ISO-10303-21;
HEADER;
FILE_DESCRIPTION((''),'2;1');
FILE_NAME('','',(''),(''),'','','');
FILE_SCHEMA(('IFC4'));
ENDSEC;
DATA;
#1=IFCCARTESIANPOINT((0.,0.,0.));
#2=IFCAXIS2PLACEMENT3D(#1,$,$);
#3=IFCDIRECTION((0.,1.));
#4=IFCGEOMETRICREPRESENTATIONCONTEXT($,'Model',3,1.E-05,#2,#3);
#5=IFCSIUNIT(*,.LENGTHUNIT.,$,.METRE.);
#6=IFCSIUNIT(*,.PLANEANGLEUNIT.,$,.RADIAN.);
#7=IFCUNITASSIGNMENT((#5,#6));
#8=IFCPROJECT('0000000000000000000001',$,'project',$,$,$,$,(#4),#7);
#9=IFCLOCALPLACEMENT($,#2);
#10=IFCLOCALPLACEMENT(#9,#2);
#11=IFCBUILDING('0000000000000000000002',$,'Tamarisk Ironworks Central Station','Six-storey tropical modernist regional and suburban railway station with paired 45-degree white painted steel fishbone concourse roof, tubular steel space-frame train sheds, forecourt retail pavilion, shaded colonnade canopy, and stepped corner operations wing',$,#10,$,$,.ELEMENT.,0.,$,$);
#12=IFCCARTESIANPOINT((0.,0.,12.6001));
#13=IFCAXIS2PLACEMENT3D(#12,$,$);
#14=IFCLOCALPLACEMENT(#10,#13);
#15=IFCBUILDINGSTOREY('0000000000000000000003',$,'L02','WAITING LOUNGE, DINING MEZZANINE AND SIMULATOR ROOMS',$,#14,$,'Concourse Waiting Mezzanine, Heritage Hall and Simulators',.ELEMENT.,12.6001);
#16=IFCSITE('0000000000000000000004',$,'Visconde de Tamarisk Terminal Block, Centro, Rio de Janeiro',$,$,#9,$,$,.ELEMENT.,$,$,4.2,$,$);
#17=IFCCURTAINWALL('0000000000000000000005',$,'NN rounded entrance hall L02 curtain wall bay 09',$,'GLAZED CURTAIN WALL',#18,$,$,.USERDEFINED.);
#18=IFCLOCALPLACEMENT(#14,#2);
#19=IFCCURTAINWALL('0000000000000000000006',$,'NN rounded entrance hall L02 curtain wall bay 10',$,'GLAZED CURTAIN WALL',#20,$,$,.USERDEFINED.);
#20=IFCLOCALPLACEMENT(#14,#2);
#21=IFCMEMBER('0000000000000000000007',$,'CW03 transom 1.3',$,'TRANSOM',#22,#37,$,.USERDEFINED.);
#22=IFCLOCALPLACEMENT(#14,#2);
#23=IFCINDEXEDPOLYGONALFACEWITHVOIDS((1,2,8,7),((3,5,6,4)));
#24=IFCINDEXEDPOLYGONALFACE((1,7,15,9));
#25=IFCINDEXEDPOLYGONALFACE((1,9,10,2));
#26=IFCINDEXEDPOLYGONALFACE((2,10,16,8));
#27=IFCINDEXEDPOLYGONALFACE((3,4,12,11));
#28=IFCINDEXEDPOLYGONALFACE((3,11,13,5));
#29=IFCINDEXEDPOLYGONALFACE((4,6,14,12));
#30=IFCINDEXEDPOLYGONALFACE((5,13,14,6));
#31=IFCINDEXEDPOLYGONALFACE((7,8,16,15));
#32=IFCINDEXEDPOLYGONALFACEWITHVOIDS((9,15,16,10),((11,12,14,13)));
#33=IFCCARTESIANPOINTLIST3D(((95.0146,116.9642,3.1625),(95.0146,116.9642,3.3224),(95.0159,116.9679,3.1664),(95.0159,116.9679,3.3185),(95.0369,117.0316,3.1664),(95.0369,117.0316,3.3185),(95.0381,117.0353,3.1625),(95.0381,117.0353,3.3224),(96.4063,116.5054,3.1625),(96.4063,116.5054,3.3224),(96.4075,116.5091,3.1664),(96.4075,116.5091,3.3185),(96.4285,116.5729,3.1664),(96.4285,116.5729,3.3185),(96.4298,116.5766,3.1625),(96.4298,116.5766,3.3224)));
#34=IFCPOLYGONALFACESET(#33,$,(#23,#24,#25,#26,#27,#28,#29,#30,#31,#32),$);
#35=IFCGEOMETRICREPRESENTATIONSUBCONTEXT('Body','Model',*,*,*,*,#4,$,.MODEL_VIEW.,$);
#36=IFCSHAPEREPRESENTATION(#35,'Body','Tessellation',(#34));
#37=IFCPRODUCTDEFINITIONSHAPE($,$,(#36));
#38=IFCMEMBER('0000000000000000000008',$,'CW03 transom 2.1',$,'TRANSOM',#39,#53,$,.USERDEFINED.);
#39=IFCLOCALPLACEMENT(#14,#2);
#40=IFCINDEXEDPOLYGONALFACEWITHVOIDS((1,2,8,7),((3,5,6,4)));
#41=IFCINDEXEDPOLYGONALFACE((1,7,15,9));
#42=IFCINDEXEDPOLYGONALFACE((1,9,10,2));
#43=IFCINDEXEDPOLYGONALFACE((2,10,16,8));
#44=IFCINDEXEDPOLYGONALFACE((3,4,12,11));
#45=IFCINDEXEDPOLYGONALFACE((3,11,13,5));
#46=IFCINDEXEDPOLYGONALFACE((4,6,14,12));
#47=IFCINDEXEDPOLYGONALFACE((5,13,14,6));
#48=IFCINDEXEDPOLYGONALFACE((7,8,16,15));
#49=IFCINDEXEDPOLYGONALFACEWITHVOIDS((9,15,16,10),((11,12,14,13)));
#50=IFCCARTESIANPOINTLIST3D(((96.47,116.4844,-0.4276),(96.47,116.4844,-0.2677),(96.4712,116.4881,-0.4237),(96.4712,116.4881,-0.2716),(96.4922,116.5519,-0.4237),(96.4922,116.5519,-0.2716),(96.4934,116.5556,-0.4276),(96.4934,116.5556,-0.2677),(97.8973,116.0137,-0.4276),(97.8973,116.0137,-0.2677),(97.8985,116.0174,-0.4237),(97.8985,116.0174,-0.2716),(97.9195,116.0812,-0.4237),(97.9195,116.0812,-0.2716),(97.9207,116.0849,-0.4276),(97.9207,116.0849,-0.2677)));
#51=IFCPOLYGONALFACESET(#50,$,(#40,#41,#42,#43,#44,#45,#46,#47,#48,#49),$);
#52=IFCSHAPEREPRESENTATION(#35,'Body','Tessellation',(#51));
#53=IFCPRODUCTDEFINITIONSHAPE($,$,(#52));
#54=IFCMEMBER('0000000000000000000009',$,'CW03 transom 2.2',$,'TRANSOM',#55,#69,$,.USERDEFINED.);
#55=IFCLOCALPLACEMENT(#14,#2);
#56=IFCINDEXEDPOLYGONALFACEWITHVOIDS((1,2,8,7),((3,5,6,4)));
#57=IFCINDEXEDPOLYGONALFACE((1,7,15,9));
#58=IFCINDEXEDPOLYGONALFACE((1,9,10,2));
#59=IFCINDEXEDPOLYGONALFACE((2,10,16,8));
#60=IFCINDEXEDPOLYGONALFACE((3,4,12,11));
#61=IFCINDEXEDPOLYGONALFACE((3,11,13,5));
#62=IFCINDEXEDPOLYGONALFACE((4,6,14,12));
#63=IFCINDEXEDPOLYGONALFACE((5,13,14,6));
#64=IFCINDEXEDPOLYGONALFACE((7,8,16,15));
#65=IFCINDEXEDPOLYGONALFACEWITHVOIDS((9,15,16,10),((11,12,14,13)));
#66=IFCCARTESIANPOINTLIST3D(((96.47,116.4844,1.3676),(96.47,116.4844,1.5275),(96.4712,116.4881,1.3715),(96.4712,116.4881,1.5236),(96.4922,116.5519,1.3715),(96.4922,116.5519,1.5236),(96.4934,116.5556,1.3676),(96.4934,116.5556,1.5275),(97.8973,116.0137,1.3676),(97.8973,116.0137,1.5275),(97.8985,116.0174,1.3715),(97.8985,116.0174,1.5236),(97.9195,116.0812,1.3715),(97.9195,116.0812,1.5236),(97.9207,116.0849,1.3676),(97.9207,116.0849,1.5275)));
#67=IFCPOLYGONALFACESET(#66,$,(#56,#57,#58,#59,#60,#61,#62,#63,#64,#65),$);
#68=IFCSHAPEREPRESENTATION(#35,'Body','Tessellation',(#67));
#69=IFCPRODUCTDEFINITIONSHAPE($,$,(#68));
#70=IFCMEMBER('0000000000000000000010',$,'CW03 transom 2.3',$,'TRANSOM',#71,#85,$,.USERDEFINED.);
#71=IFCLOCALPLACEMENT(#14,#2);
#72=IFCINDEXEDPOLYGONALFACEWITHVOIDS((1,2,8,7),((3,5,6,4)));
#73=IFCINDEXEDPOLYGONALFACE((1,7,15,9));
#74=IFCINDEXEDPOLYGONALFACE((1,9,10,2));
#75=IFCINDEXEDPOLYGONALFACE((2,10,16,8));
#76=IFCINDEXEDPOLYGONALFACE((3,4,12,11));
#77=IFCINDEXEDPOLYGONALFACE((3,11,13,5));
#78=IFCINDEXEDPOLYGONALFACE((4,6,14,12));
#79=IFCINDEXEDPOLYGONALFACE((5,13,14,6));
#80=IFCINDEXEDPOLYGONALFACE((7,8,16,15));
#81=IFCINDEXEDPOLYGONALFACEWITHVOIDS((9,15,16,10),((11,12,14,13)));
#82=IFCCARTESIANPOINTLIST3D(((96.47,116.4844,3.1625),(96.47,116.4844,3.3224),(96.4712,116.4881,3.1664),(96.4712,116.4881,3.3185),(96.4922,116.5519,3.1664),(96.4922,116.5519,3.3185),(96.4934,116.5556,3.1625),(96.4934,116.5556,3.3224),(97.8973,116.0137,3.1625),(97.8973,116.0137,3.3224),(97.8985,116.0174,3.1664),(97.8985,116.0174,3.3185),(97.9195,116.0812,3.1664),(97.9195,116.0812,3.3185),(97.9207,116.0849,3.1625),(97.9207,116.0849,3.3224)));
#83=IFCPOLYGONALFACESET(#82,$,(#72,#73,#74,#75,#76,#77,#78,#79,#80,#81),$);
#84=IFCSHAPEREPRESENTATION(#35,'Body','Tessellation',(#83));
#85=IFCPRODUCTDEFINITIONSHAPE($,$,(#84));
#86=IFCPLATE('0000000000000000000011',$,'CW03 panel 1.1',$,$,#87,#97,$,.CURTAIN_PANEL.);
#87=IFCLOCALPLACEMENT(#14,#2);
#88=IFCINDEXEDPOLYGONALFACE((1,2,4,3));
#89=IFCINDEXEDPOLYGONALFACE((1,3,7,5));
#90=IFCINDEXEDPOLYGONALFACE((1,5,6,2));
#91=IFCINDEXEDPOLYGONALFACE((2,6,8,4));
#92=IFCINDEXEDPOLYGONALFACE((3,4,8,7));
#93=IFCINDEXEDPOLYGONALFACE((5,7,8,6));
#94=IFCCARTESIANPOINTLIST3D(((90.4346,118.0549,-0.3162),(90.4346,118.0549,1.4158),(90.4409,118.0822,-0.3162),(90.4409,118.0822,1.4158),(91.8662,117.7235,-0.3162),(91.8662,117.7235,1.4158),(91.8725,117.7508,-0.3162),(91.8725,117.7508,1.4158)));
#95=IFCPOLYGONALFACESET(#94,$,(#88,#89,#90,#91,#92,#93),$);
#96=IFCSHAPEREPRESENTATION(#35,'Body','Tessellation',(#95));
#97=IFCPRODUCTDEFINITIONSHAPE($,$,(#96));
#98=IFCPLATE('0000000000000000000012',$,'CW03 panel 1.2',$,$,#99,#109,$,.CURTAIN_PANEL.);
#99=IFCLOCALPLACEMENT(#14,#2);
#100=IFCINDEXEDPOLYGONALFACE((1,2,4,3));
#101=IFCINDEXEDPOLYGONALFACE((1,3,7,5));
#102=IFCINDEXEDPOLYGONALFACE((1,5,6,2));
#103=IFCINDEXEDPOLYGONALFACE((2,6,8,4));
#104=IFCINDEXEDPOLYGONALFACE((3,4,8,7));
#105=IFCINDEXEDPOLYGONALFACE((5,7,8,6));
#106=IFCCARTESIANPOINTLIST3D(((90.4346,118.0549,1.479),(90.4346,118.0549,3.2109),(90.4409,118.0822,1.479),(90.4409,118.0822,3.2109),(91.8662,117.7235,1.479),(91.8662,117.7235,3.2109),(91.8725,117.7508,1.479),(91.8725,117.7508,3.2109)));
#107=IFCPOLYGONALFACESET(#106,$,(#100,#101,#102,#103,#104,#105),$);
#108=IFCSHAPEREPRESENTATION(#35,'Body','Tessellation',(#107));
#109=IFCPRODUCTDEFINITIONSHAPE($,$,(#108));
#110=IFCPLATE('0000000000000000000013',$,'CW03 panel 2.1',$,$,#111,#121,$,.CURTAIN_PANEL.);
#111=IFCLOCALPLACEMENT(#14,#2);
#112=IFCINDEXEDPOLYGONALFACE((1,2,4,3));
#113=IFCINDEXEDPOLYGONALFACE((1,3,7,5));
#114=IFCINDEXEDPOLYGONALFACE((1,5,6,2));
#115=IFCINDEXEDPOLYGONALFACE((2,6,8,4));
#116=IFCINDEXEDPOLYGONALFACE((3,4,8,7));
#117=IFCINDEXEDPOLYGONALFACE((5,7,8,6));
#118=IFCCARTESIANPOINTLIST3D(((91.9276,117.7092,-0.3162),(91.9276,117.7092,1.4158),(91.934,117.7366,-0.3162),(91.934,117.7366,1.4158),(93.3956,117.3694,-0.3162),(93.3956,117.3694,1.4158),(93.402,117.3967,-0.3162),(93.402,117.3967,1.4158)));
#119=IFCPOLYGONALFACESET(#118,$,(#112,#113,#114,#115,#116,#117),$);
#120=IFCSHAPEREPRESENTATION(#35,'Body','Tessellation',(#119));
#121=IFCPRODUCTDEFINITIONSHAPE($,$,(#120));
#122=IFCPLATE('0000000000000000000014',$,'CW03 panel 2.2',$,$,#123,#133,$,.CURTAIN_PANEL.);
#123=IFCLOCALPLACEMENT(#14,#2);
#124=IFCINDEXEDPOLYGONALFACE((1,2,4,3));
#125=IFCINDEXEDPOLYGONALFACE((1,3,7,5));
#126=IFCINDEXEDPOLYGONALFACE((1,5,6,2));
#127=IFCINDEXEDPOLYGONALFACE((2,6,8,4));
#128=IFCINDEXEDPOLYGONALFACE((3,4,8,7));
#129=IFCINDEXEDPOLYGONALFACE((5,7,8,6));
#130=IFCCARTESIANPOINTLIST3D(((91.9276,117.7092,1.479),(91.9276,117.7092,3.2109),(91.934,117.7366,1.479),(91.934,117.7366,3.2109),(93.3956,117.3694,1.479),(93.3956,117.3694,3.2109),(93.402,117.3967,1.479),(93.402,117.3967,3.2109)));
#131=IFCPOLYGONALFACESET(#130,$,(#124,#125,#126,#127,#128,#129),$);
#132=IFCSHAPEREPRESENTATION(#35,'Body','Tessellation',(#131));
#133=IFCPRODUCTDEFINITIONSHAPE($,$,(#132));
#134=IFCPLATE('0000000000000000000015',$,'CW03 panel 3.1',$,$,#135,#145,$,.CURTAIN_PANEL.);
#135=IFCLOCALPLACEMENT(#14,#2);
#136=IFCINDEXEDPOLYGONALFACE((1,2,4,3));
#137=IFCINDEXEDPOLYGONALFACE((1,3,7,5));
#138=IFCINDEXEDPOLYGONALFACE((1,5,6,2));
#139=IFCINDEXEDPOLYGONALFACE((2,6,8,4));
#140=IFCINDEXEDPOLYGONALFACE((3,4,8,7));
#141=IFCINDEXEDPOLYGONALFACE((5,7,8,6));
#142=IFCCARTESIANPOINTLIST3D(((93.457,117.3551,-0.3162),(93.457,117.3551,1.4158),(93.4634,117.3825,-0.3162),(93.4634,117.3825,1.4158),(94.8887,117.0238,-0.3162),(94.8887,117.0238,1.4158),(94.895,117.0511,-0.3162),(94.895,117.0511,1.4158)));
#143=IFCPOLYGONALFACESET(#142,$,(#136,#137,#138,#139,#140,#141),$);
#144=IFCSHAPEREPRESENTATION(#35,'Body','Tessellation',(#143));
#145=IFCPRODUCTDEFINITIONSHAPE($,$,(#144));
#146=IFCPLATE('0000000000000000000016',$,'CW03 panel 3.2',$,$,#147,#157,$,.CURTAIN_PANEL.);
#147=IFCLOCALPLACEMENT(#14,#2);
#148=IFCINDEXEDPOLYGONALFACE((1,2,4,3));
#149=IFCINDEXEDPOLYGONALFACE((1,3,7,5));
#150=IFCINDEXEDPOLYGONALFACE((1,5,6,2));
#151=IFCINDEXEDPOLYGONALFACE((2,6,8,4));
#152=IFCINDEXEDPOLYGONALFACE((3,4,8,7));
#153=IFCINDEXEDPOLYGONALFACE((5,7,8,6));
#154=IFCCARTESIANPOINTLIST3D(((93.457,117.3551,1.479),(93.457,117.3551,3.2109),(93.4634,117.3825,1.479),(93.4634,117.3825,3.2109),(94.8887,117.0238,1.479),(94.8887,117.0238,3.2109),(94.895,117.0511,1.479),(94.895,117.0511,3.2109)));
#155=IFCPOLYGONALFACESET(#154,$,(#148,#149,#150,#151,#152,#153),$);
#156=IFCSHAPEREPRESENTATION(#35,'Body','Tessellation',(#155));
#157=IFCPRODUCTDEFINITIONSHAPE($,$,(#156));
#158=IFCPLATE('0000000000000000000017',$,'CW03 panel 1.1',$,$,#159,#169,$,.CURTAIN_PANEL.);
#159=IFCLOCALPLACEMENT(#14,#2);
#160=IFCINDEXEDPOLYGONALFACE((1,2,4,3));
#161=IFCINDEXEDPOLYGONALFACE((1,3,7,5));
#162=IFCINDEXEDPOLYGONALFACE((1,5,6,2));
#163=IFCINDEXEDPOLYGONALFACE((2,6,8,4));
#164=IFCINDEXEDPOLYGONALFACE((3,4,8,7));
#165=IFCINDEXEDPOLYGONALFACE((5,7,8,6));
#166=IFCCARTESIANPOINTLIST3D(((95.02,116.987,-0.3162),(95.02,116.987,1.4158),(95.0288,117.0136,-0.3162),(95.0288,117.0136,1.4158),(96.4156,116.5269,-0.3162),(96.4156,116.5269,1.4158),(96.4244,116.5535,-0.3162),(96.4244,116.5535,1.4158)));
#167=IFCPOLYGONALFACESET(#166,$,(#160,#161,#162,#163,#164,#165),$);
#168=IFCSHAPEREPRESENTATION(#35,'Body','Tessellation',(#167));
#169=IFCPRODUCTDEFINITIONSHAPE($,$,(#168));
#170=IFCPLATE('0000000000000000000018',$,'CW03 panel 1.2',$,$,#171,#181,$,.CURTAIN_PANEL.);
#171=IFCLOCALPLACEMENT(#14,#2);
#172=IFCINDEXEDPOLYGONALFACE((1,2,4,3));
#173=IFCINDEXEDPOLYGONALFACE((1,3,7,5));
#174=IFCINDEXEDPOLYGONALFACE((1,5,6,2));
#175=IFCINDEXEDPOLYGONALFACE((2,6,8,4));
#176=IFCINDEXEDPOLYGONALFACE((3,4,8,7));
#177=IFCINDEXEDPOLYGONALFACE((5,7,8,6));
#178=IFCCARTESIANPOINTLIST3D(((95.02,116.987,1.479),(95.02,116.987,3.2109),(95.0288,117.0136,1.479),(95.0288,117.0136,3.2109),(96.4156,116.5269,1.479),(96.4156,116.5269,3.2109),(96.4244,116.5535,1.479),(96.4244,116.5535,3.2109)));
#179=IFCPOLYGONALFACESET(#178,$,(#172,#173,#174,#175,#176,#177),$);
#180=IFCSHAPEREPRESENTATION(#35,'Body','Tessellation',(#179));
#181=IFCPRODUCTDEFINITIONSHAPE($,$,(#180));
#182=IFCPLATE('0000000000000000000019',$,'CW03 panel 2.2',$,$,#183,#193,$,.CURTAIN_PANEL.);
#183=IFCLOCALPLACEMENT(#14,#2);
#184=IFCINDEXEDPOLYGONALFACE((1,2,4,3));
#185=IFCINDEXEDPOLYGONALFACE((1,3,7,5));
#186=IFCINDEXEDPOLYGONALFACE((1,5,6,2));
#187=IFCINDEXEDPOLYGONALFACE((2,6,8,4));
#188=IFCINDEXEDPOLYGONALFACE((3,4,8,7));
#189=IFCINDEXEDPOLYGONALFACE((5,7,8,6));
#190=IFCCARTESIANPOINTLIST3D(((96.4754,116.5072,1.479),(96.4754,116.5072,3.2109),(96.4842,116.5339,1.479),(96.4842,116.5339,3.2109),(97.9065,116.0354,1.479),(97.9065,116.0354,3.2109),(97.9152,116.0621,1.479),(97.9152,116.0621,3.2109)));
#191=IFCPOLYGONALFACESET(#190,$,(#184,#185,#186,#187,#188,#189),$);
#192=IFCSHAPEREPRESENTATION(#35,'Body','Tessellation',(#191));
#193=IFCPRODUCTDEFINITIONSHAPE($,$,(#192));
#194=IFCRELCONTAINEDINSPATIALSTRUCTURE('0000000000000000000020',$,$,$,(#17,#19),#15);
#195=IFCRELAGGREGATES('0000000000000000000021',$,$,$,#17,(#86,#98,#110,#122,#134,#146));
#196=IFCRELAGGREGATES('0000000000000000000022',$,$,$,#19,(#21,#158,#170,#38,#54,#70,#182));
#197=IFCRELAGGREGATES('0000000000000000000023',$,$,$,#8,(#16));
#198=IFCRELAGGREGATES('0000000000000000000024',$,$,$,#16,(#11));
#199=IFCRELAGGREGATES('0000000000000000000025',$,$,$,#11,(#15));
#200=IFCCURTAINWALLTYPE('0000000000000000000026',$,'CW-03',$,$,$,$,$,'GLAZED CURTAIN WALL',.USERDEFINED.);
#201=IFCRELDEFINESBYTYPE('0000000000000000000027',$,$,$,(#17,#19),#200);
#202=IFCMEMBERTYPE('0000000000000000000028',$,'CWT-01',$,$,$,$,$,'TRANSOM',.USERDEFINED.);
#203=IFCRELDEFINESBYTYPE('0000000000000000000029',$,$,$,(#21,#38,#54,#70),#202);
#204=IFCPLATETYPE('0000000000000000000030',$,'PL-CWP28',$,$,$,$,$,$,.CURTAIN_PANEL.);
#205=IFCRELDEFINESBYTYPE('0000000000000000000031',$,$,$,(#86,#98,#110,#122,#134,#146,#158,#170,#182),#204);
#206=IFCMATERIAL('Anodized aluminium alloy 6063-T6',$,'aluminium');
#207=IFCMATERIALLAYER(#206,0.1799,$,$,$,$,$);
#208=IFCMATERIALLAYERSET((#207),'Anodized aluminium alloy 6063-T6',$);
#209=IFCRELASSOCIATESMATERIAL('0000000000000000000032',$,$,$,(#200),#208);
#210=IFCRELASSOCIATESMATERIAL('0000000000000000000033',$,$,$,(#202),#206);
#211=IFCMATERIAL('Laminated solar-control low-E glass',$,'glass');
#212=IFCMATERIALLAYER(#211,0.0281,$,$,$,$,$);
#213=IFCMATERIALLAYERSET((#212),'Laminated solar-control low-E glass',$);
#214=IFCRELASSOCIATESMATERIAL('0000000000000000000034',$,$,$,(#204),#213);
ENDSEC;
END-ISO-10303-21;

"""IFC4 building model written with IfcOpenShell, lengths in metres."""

from ifc_helpers import new_model, si_unit, direction, frame, origin, origin_2d, place, context, subcontext, project, spatial, rectangle, hollow_rectangle, extrude, material, layer, layer_set, material_profile, profile_set, type_object, element, aggregate, save


model = new_model("IFC4")

# Units and contexts
model_context = context("Model", 3, precision=1e-05, world=origin(), true_north=direction((0.0, 1.0)))
body_context = subcontext(model_context, "Body", "Model", "MODEL_VIEW")
ifc_project = project(units=[si_unit("LENGTHUNIT", "METRE"), si_unit("PLANEANGLEUNIT", "RADIAN")], contexts=[model_context])

# Site, building, storey
site_placement = place(None, origin())
site = spatial("IfcSite", under=ifc_project, at=site_placement, Name="Visconde de Tamarisk Terminal Block, Centro, Rio de Janeiro", CompositionType="ELEMENT", RefElevation=4.2)
building_placement = place(site_placement, origin())
building = spatial("IfcBuilding", under=site, at=building_placement, Name="Tamarisk Ironworks Central Station", Description="Six-storey tropical modernist regional and suburban railway station with paired 45-degree white painted steel fishbone concourse roof, tubular steel space-frame train sheds, forecourt retail pavilion, shaded colonnade canopy, and stepped corner operations wing", CompositionType="ELEMENT", ElevationOfRefHeight=0.0)
storey_placement = place(building_placement, frame((0.0, 0.0, 12.6001)))
storey = spatial("IfcBuildingStorey", under=building, at=storey_placement, Name="L02", Description="WAITING LOUNGE, DINING MEZZANINE AND SIMULATOR ROOMS", LongName="Concourse Waiting Mezzanine, Heritage Hall and Simulators", CompositionType="ELEMENT", Elevation=12.6001)

# Curtain walls
ifc_material_1 = material(Name="Anodized aluminium alloy 6063-T6", Category="aluminium")
ifc_layer_1 = layer(ifc_material_1, 0.1799)
ifc_layer_set_1 = layer_set([ifc_layer_1], Name="Anodized aluminium alloy 6063-T6")
curtain_wall_type = type_object("IfcCurtainWallType", Name="CW-03", ElementType="GLAZED CURTAIN WALL", PredefinedType="USERDEFINED", material=ifc_layer_set_1)
curtain_wall_1_placement = place(storey_placement, origin())
curtain_wall_1 = element("IfcCurtainWall", 1, at=curtain_wall_1_placement, inside=storey, type_object=curtain_wall_type, Name="NN rounded entrance hall L02 curtain wall bay 09", ObjectType="GLAZED CURTAIN WALL", PredefinedType="USERDEFINED")
curtain_wall_2_placement = place(storey_placement, origin())
curtain_wall_2 = element("IfcCurtainWall", 2, at=curtain_wall_2_placement, inside=storey, type_object=curtain_wall_type, Name="NN rounded entrance hall L02 curtain wall bay 10", ObjectType="GLAZED CURTAIN WALL", PredefinedType="USERDEFINED")

# Members
ifc_material_profile_1 = material_profile(ifc_material_1, hollow_rectangle(XDim=0.075, YDim=0.1599, WallThickness=0.0039, at=origin_2d()), Name="ALUM 160x75")
ifc_profile_set_1 = profile_set([ifc_material_profile_1], Name="Anodized aluminium alloy 6063-T6")
member_type_1 = type_object("IfcMemberType", Name="CWT-01", ElementType="TRANSOM", PredefinedType="USERDEFINED", material=ifc_profile_set_1)
member_1_placement = place(storey_placement, frame((95.0264, 116.9998, 3.2424), z_axis=(0.949728, -0.313077, 0.0), x_axis=(0.313077, 0.949728, 0.0)))
member_1 = element("IfcMember", 3, at=member_1_placement, type_object=member_type_1, Name="CW03 transom 1.3", ObjectType="TRANSOM", PredefinedType="USERDEFINED", context=body_context, shape_type="SweptSolid", body=[
    extrude(hollow_rectangle(XDim=0.075, YDim=0.1599, WallThickness=0.0039, at=origin_2d()), origin(), (0.0, 0.0, 1.0), 1.4653),
])
member_2_placement = place(storey_placement, frame((96.4817, 116.52, -0.3477), z_axis=(0.949686, -0.313205, 0.0), x_axis=(0.313205, 0.949686, 0.0)))
member_2 = element("IfcMember", 4, at=member_2_placement, type_object=member_type_1, Name="CW03 transom 2.1", ObjectType="TRANSOM", PredefinedType="USERDEFINED", context=body_context, shape_type="SweptSolid", body=[
    extrude(hollow_rectangle(XDim=0.075, YDim=0.1599, WallThickness=0.0039, at=origin_2d()), origin(), (0.0, 0.0, 1.0), 1.5029),
])
member_3_placement = place(storey_placement, frame((96.4817, 116.52, 1.4475), z_axis=(0.949686, -0.313205, 0.0), x_axis=(0.313205, 0.949686, 0.0)))
member_3 = element("IfcMember", 5, at=member_3_placement, type_object=member_type_1, Name="CW03 transom 2.2", ObjectType="TRANSOM", PredefinedType="USERDEFINED", context=body_context, shape_type="SweptSolid", body=[
    extrude(hollow_rectangle(XDim=0.075, YDim=0.1599, WallThickness=0.0039, at=origin_2d()), origin(), (0.0, 0.0, 1.0), 1.5029),
])
member_4_placement = place(storey_placement, frame((96.4817, 116.52, 3.2424), z_axis=(0.949686, -0.313205, 0.0), x_axis=(0.313205, 0.949686, 0.0)))
member_4 = element("IfcMember", 6, at=member_4_placement, type_object=member_type_1, Name="CW03 transom 2.3", ObjectType="TRANSOM", PredefinedType="USERDEFINED", context=body_context, shape_type="SweptSolid", body=[
    extrude(hollow_rectangle(XDim=0.075, YDim=0.1599, WallThickness=0.0039, at=origin_2d()), origin(), (0.0, 0.0, 1.0), 1.5029),
])

# Plates
ifc_material_2 = material(Name="Laminated solar-control low-E glass", Category="glass")
ifc_layer_2 = layer(ifc_material_2, 0.0281)
ifc_layer_set_2 = layer_set([ifc_layer_2], Name="Laminated solar-control low-E glass")
plate_type = type_object("IfcPlateType", Name="PL-CWP28", PredefinedType="CURTAIN_PANEL", material=ifc_layer_set_2)
plate_1_placement = place(storey_placement, frame((91.1536, 117.9028, -0.3162), z_axis=(0.0, 0.0, 1.0), x_axis=(0.974239, -0.225517, 0.0)))
plate_1 = element("IfcPlate", 7, at=plate_1_placement, type_object=plate_type, Name="CW03 panel 1.1", PredefinedType="CURTAIN_PANEL", context=body_context, shape_type="SweptSolid", body=[
    extrude(rectangle(XDim=1.4695, YDim=0.0281, at=origin_2d()), origin(), (0.0, 0.0, 1.0), 1.7319),
])
plate_2_placement = place(storey_placement, frame((91.1536, 117.9028, 1.479), z_axis=(0.0, 0.0, 1.0), x_axis=(0.974239, -0.225517, 0.0)))
plate_2 = element("IfcPlate", 8, at=plate_2_placement, type_object=plate_type, Name="CW03 panel 1.2", PredefinedType="CURTAIN_PANEL", context=body_context, shape_type="SweptSolid", body=[
    extrude(rectangle(XDim=1.4695, YDim=0.0281, at=origin_2d()), origin(), (0.0, 0.0, 1.0), 1.7319),
])
plate_3_placement = place(storey_placement, frame((92.6648, 117.553, -0.3162), z_axis=(0.0, 0.0, 1.0), x_axis=(0.974239, -0.225517, 0.0)))
plate_3 = element("IfcPlate", 9, at=plate_3_placement, type_object=plate_type, Name="CW03 panel 2.1", PredefinedType="CURTAIN_PANEL", context=body_context, shape_type="SweptSolid", body=[
    extrude(rectangle(XDim=1.5068, YDim=0.0281, at=origin_2d()), origin(), (0.0, 0.0, 1.0), 1.7319),
])
plate_4_placement = place(storey_placement, frame((92.6648, 117.553, 1.479), z_axis=(0.0, 0.0, 1.0), x_axis=(0.974239, -0.225517, 0.0)))
plate_4 = element("IfcPlate", 10, at=plate_4_placement, type_object=plate_type, Name="CW03 panel 2.2", PredefinedType="CURTAIN_PANEL", context=body_context, shape_type="SweptSolid", body=[
    extrude(rectangle(XDim=1.5068, YDim=0.0281, at=origin_2d()), origin(), (0.0, 0.0, 1.0), 1.7319),
])
plate_5_placement = place(storey_placement, frame((94.176, 117.2031, -0.3162), z_axis=(0.0, 0.0, 1.0), x_axis=(0.974239, -0.225517, 0.0)))
plate_5 = element("IfcPlate", 11, at=plate_5_placement, type_object=plate_type, Name="CW03 panel 3.1", PredefinedType="CURTAIN_PANEL", context=body_context, shape_type="SweptSolid", body=[
    extrude(rectangle(XDim=1.4695, YDim=0.0281, at=origin_2d()), origin(), (0.0, 0.0, 1.0), 1.7319),
])
plate_6_placement = place(storey_placement, frame((94.176, 117.2031, 1.479), z_axis=(0.0, 0.0, 1.0), x_axis=(0.974239, -0.225517, 0.0)))
plate_6 = element("IfcPlate", 12, at=plate_6_placement, type_object=plate_type, Name="CW03 panel 3.2", PredefinedType="CURTAIN_PANEL", context=body_context, shape_type="SweptSolid", body=[
    extrude(rectangle(XDim=1.4695, YDim=0.0281, at=origin_2d()), origin(), (0.0, 0.0, 1.0), 1.7319),
])
aggregate(curtain_wall_1, [plate_1, plate_2, plate_3, plate_4, plate_5, plate_6])
plate_7_placement = place(storey_placement, frame((95.7222, 116.7703, -0.3162), z_axis=(0.0, 0.0, 1.0), x_axis=(0.949721, -0.313098, 0.0)))
plate_7 = element("IfcPlate", 13, at=plate_7_placement, type_object=plate_type, Name="CW03 panel 1.1", PredefinedType="CURTAIN_PANEL", context=body_context, shape_type="SweptSolid", body=[
    extrude(rectangle(XDim=1.4695, YDim=0.0281, at=origin_2d()), origin(), (0.0, 0.0, 1.0), 1.7319),
])
plate_8_placement = place(storey_placement, frame((95.7222, 116.7703, 1.479), z_axis=(0.0, 0.0, 1.0), x_axis=(0.949721, -0.313098, 0.0)))
plate_8 = element("IfcPlate", 14, at=plate_8_placement, type_object=plate_type, Name="CW03 panel 1.2", PredefinedType="CURTAIN_PANEL", context=body_context, shape_type="SweptSolid", body=[
    extrude(rectangle(XDim=1.4695, YDim=0.0281, at=origin_2d()), origin(), (0.0, 0.0, 1.0), 1.7319),
])
plate_9_placement = place(storey_placement, frame((97.1953, 116.2847, 1.479), z_axis=(0.0, 0.0, 1.0), x_axis=(0.949721, -0.313098, 0.0)))
plate_9 = element("IfcPlate", 15, at=plate_9_placement, type_object=plate_type, Name="CW03 panel 2.2", PredefinedType="CURTAIN_PANEL", context=body_context, shape_type="SweptSolid", body=[
    extrude(rectangle(XDim=1.5068, YDim=0.0281, at=origin_2d()), origin(), (0.0, 0.0, 1.0), 1.7319),
])
aggregate(curtain_wall_2, [member_1, plate_7, plate_8, member_2, member_3, member_4, plate_9])

save(model, "model.ifc")
